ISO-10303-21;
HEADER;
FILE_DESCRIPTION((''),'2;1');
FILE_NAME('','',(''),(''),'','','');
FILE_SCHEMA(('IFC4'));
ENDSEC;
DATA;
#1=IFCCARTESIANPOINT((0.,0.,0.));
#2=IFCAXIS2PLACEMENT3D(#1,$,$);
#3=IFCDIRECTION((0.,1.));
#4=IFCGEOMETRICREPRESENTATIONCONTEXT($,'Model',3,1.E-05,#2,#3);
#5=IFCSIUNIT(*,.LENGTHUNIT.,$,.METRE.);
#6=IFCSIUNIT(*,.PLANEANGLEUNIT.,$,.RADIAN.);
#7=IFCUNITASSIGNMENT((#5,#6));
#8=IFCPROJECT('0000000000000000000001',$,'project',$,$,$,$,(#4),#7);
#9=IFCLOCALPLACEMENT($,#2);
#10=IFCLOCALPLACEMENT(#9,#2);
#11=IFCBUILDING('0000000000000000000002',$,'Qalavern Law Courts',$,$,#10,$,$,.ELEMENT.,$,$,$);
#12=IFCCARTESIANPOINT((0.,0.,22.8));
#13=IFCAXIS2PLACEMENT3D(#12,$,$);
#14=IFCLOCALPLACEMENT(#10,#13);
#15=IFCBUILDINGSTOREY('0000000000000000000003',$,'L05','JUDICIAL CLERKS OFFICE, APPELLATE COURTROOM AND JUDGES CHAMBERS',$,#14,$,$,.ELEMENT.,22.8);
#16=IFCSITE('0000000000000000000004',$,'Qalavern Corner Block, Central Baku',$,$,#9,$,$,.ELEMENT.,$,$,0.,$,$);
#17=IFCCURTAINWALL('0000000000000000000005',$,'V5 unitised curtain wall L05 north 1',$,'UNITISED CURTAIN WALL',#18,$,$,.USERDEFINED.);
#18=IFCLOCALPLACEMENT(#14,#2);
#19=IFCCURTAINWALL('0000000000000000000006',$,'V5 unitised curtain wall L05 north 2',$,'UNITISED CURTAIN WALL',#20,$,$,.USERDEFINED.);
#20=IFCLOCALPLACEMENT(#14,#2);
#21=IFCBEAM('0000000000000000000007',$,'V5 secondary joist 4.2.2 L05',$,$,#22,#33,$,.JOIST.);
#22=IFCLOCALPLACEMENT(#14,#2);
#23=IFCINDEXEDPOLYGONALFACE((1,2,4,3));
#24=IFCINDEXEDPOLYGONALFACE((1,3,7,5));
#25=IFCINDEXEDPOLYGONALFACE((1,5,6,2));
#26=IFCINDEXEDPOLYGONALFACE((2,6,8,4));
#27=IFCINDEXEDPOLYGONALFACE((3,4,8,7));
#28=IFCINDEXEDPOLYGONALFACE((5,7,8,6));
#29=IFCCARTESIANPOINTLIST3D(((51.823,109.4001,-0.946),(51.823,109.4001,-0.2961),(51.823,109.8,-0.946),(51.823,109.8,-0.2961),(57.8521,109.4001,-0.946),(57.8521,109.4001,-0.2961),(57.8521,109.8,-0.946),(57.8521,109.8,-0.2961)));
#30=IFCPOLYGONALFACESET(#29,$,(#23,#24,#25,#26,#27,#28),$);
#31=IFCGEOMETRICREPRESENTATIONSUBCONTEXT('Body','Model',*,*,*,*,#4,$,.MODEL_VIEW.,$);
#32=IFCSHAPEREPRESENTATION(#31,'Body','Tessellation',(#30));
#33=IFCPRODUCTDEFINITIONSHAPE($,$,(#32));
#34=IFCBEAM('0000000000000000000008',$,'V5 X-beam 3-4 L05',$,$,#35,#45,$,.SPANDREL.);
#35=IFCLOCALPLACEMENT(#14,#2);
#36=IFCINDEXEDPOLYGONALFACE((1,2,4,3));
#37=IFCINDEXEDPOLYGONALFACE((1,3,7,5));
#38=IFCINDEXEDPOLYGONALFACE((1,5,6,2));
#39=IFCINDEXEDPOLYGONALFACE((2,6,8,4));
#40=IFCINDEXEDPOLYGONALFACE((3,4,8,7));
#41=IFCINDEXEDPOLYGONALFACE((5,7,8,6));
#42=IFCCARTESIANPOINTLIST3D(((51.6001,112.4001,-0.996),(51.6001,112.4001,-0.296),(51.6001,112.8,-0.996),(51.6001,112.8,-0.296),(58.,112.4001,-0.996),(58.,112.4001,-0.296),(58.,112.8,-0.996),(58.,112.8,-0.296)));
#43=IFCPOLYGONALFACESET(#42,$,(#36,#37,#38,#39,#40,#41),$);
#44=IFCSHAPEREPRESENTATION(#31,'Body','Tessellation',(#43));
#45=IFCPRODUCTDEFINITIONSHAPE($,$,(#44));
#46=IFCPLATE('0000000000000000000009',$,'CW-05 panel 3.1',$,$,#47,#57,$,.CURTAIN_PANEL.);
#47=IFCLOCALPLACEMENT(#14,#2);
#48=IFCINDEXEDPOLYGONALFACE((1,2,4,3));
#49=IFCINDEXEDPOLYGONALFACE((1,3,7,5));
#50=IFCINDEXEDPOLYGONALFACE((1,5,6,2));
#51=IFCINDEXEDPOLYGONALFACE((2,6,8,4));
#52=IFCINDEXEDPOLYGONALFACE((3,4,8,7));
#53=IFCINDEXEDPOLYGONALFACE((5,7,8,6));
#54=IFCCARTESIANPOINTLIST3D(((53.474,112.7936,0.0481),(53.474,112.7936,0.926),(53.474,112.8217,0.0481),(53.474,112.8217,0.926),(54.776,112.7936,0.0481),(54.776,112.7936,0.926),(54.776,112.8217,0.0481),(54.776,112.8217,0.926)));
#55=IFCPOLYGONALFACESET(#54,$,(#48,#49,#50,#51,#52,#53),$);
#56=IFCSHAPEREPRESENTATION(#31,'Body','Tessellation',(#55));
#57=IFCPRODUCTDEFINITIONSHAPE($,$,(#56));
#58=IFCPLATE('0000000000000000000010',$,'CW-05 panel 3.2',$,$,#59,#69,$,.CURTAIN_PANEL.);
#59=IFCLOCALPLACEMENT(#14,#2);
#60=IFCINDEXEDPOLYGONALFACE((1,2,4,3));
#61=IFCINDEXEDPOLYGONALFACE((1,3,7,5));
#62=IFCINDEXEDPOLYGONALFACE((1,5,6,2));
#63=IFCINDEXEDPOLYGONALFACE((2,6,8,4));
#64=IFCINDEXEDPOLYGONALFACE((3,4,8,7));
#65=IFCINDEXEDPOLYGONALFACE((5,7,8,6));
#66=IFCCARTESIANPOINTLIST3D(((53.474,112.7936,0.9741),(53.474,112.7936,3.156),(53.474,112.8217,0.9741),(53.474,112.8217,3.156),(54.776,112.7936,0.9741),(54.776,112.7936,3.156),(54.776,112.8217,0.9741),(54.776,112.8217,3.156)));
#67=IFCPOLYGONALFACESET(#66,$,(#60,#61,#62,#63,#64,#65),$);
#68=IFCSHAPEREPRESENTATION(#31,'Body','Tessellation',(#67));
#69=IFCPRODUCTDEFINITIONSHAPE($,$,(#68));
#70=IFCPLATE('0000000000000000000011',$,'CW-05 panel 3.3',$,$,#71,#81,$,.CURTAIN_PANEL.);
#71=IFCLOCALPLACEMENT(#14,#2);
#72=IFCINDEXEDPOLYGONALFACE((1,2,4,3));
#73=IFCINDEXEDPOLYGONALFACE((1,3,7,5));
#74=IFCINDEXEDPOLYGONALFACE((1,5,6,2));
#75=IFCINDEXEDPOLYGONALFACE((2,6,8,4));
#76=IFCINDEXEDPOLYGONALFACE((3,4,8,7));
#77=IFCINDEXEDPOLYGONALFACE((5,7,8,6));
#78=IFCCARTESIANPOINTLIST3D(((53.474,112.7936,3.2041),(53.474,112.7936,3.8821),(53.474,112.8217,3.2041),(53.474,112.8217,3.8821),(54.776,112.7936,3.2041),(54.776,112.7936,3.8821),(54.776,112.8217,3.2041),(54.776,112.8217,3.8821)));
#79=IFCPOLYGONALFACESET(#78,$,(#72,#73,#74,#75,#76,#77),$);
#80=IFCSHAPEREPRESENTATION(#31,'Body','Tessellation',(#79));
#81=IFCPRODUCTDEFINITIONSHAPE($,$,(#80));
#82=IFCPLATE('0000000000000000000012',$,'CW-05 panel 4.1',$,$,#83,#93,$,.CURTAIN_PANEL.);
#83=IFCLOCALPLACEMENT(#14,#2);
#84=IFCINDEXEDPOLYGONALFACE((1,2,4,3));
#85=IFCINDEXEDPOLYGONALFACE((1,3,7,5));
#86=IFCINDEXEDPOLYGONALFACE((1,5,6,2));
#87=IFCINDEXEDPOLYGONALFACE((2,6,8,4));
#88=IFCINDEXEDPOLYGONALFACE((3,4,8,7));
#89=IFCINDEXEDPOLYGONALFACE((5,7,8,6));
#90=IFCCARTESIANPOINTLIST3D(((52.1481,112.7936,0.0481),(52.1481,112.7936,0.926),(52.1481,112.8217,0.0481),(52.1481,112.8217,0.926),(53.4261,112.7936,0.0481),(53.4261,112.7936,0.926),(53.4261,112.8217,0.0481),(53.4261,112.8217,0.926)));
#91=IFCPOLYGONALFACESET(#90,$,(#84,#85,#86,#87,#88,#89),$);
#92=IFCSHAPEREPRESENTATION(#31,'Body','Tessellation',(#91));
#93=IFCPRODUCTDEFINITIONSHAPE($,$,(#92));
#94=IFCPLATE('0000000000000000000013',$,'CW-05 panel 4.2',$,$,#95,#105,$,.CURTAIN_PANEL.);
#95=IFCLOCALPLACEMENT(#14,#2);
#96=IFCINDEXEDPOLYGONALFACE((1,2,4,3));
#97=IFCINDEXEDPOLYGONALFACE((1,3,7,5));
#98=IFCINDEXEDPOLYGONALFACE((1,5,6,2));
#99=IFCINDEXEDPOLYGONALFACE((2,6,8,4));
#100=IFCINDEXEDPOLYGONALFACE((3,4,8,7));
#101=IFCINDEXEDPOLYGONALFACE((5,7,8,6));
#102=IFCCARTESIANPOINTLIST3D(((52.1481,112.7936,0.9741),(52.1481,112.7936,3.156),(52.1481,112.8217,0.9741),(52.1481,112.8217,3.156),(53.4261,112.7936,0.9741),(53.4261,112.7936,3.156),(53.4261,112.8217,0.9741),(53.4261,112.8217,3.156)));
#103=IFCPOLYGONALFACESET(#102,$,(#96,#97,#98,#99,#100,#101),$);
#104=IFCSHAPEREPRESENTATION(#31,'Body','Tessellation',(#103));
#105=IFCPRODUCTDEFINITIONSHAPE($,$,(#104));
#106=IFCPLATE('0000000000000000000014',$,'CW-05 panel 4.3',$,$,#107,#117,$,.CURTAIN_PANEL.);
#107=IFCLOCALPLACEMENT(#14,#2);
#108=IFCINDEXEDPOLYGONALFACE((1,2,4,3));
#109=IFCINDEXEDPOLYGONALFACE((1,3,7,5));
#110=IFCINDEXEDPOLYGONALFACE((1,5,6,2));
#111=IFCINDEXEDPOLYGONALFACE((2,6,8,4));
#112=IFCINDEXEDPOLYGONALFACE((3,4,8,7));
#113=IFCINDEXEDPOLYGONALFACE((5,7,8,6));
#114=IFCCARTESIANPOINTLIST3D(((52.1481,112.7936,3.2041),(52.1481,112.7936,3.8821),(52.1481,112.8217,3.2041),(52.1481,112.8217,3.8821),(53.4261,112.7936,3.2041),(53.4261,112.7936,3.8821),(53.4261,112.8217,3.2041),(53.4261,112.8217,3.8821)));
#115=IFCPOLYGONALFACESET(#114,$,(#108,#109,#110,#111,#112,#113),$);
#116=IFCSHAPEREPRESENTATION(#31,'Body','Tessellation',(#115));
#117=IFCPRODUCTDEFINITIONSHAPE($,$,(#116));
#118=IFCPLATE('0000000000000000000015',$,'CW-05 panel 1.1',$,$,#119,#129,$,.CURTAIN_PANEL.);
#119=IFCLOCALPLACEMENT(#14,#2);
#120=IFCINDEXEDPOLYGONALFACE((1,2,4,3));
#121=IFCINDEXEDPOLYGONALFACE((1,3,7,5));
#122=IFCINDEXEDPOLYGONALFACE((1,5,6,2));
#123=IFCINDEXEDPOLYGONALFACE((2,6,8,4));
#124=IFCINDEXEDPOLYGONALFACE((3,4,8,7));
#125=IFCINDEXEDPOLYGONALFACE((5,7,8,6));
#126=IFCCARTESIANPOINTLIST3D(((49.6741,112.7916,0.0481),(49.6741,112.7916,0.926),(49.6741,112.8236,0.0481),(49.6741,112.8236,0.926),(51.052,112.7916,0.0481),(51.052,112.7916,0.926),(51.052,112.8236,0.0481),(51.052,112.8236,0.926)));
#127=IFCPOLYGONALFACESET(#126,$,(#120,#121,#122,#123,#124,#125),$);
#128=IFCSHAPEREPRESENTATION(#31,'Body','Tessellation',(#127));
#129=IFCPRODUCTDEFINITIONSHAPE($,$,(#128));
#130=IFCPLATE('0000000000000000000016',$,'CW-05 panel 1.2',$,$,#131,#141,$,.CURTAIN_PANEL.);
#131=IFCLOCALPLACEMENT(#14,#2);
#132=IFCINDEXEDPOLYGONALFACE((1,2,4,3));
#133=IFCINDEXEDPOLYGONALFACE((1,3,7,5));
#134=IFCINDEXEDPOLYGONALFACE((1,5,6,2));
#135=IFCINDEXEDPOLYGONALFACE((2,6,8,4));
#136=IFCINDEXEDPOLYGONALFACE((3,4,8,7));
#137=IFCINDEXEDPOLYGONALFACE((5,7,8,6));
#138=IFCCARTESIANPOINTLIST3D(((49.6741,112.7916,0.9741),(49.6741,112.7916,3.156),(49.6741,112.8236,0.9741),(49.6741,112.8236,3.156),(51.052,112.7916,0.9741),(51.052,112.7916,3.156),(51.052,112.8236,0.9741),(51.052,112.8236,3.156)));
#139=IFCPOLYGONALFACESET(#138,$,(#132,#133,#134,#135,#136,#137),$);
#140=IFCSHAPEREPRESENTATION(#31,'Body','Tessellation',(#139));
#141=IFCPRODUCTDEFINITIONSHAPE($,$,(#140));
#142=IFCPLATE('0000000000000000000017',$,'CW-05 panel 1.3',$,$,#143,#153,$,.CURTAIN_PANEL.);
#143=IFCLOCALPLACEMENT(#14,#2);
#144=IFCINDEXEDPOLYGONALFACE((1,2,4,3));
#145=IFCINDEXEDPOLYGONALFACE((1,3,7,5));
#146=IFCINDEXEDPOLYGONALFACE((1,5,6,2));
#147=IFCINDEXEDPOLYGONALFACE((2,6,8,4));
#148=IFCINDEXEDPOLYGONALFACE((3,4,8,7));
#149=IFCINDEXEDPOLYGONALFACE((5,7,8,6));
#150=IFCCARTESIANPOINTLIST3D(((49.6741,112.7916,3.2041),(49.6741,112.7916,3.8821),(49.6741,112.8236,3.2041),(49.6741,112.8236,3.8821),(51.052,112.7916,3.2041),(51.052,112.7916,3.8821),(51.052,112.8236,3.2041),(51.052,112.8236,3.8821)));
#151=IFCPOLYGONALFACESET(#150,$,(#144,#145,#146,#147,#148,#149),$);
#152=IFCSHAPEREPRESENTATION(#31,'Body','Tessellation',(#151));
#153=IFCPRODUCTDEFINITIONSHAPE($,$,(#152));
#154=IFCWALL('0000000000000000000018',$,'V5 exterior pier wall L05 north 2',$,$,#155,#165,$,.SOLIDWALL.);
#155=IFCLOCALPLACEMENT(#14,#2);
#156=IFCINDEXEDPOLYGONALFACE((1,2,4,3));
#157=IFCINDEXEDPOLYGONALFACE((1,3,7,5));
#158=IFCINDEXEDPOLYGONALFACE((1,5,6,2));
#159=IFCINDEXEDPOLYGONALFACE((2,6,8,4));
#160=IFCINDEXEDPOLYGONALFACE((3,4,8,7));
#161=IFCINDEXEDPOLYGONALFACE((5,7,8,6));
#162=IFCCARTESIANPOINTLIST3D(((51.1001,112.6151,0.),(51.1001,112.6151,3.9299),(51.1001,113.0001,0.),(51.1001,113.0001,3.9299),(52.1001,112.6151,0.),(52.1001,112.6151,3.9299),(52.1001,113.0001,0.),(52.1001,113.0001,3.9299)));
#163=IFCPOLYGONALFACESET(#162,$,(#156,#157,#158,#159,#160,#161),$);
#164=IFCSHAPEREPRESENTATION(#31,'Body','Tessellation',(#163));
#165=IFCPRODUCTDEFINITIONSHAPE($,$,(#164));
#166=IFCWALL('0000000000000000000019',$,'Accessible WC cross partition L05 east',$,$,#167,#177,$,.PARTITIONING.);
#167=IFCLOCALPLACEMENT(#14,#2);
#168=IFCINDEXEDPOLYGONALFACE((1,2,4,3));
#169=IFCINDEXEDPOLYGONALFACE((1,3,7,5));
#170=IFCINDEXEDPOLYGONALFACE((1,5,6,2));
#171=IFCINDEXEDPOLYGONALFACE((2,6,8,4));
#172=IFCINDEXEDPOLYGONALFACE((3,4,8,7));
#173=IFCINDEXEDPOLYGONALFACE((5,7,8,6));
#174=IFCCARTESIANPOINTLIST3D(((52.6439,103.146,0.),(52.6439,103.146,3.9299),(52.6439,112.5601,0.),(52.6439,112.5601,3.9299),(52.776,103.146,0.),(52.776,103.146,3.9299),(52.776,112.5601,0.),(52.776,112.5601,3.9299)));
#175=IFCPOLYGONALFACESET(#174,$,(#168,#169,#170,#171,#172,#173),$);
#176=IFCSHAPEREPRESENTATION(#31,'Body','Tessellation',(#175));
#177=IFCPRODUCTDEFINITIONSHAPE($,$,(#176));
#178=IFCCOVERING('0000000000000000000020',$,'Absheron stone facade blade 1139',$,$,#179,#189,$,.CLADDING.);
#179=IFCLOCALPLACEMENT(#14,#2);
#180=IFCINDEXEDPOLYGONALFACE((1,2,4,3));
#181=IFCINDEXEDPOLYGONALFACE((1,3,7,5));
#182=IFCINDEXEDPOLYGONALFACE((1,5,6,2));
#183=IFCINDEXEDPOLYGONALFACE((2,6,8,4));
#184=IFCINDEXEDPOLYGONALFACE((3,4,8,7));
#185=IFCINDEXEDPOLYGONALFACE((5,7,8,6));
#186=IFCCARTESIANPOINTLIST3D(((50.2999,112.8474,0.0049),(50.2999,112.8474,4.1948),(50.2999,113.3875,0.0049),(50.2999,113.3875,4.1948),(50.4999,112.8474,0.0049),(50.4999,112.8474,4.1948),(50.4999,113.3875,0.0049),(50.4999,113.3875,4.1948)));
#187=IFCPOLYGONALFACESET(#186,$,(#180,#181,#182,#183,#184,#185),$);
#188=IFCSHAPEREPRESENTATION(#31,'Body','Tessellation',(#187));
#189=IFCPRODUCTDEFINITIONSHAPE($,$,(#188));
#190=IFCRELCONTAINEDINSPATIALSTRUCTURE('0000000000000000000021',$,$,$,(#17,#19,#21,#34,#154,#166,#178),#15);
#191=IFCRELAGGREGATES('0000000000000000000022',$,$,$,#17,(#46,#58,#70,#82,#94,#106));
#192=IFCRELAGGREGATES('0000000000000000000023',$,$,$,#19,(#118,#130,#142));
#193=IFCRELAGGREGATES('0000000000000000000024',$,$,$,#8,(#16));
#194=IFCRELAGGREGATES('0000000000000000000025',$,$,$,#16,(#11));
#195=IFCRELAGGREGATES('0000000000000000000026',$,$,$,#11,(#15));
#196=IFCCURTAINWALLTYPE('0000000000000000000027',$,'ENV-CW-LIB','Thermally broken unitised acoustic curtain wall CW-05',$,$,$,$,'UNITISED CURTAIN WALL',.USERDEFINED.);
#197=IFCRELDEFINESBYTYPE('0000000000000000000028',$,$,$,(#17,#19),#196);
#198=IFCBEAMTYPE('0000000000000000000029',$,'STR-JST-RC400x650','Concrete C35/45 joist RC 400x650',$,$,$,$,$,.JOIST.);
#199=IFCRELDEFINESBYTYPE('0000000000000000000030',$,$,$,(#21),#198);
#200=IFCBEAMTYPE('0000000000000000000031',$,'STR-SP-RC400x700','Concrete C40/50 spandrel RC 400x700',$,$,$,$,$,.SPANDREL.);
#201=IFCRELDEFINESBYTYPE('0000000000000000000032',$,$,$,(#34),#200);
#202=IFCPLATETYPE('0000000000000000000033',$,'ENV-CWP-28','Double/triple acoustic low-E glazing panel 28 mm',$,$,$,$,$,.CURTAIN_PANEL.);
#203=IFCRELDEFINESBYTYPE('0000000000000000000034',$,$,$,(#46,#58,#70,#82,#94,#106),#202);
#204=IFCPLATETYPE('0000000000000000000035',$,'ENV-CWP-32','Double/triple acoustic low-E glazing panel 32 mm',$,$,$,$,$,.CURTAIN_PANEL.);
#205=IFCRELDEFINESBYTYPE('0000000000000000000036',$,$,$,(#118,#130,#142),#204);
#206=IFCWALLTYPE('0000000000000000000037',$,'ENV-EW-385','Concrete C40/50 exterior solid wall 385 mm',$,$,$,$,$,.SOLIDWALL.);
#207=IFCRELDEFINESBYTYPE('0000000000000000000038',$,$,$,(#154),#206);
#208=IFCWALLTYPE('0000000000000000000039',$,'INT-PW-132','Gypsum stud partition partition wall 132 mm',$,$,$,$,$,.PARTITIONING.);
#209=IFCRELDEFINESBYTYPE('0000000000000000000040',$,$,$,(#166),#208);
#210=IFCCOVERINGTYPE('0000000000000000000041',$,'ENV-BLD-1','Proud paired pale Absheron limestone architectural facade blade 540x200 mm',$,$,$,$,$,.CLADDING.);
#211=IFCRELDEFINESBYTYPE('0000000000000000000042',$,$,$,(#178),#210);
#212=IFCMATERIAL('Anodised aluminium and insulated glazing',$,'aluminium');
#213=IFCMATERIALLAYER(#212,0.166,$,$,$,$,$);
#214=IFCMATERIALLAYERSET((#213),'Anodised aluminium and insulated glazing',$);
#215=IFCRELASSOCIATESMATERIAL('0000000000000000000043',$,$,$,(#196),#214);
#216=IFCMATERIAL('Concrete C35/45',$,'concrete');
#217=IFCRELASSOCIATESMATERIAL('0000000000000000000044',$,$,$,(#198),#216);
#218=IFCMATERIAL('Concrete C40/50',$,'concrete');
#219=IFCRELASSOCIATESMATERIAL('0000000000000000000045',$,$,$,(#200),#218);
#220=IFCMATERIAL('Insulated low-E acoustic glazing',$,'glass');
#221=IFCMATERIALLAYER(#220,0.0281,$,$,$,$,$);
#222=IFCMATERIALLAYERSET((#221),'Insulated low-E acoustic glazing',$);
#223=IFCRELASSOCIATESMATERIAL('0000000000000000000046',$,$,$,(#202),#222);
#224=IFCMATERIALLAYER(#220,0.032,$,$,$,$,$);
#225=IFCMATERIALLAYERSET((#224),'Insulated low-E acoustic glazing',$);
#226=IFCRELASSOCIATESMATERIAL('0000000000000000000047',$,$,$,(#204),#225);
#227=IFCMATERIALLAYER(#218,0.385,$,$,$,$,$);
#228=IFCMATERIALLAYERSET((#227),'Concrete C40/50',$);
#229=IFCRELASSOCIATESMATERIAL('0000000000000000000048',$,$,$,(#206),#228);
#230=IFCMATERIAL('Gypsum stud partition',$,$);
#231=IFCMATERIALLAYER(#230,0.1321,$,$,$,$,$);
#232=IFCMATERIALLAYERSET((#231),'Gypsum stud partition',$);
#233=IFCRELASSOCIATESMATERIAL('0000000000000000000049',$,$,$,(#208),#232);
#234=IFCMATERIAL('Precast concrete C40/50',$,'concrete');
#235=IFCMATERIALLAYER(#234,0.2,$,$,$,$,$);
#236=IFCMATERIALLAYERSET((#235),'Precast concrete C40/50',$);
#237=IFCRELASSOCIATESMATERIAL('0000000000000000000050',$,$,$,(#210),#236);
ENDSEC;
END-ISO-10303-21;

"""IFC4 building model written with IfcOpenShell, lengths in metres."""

from ifc_helpers import new_model, si_unit, direction, frame, frame_2d, origin, origin_2d, place, context, subcontext, project, spatial, rectangle, extrude, material, layer, layer_set, material_profile, profile_set, type_object, element, aggregate, save


model = new_model("IFC4")

# Units and contexts
model_context = context("Model", 3, precision=1e-05, world=origin(), true_north=direction((0.0, 1.0)))
body_context = subcontext(model_context, "Body", "Model", "MODEL_VIEW")
ifc_project = project(units=[si_unit("LENGTHUNIT", "METRE"), si_unit("PLANEANGLEUNIT", "RADIAN")], contexts=[model_context])

# Site, building, storey
site_placement = place(None, origin())
site = spatial("IfcSite", under=ifc_project, at=site_placement, Name="Qalavern Corner Block, Central Baku", CompositionType="ELEMENT", RefElevation=0.0)
building_placement = place(site_placement, origin())
building = spatial("IfcBuilding", under=site, at=building_placement, Name="Qalavern Law Courts", CompositionType="ELEMENT")
storey_placement = place(building_placement, frame((0.0, 0.0, 22.8)))
storey = spatial("IfcBuildingStorey", under=building, at=storey_placement, Name="L05", Description="JUDICIAL CLERKS OFFICE, APPELLATE COURTROOM AND JUDGES CHAMBERS", CompositionType="ELEMENT", Elevation=22.8)

# Curtain wall
ifc_material_1 = material(Name="Anodised aluminium and insulated glazing", Category="aluminium")
ifc_layer_1 = layer(ifc_material_1, 0.166)
ifc_layer_set_1 = layer_set([ifc_layer_1], Name="Anodised aluminium and insulated glazing")
curtain_wall_type = type_object("IfcCurtainWallType", Name="ENV-CW-LIB", Description="Thermally broken unitised acoustic curtain wall CW-05", ElementType="UNITISED CURTAIN WALL", PredefinedType="USERDEFINED", material=ifc_layer_set_1)
curtain_wall_1_placement = place(storey_placement, origin())
curtain_wall_1 = element("IfcCurtainWall", 1, at=curtain_wall_1_placement, inside=storey, type_object=curtain_wall_type, Name="V5 unitised curtain wall L05 north 1", ObjectType="UNITISED CURTAIN WALL", PredefinedType="USERDEFINED")

# Curtain wall
curtain_wall_2_placement = place(storey_placement, origin())
curtain_wall_2 = element("IfcCurtainWall", 2, at=curtain_wall_2_placement, inside=storey, type_object=curtain_wall_type, Name="V5 unitised curtain wall L05 north 2", ObjectType="UNITISED CURTAIN WALL", PredefinedType="USERDEFINED")

# Beams
ifc_material_2 = material(Name="Concrete C40/50", Category="concrete")
ifc_material_3 = material(Name="Concrete C35/45", Category="concrete")
ifc_material_profile_1 = material_profile(ifc_material_3, rectangle(XDim=0.3999, YDim=0.6499, at=origin_2d()), Name="RC 400x650")
ifc_profile_set_1 = profile_set([ifc_material_profile_1], Name="Concrete C35/45")
beam_type_1 = type_object("IfcBeamType", Name="STR-JST-RC400x650", Description="Concrete C35/45 joist RC 400x650", PredefinedType="JOIST", material=ifc_profile_set_1)
beam_1_placement = place(storey_placement, frame((51.823, 109.6001, -0.6211), z_axis=(1.0, 0.0, 0.0), x_axis=(0.0, 1.0, 0.0)))
element("IfcBeam", 3, at=beam_1_placement, inside=storey, type_object=beam_type_1, Name="V5 secondary joist 4.2.2 L05", PredefinedType="JOIST", context=body_context, shape_type="SweptSolid", body=[
    extrude(rectangle(XDim=0.3999, YDim=0.6499, at=origin_2d()), origin(), (0.0, 0.0, 1.0), 6.0291),
])
ifc_material_profile_2 = material_profile(ifc_material_2, rectangle(XDim=0.3999, YDim=0.7, at=origin_2d()), Name="RC 400x700")
ifc_profile_set_2 = profile_set([ifc_material_profile_2], Name="Concrete C40/50")
beam_type_2 = type_object("IfcBeamType", Name="STR-SP-RC400x700", Description="Concrete C40/50 spandrel RC 400x700", PredefinedType="SPANDREL", material=ifc_profile_set_2)
beam_2_placement = place(storey_placement, frame((51.6001, 112.6001, -0.646), z_axis=(1.0, 0.0, 0.0), x_axis=(0.0, 1.0, 0.0)))
element("IfcBeam", 4, at=beam_2_placement, inside=storey, type_object=beam_type_2, Name="V5 X-beam 3-4 L05", PredefinedType="SPANDREL", context=body_context, shape_type="SweptSolid", body=[
    extrude(rectangle(XDim=0.3999, YDim=0.7, at=origin_2d()), origin(), (0.0, 0.0, 1.0), 6.3999),
])

# Plates
ifc_material_4 = material(Name="Insulated low-E acoustic glazing", Category="glass")
ifc_layer_2 = layer(ifc_material_4, 0.0281)
ifc_layer_set_2 = layer_set([ifc_layer_2], Name="Insulated low-E acoustic glazing")
plate_type_1 = type_object("IfcPlateType", Name="ENV-CWP-28", Description="Double/triple acoustic low-E glazing panel 28 mm", PredefinedType="CURTAIN_PANEL", material=ifc_layer_set_2)
plate_1_placement = place(storey_placement, frame((54.125, 112.8076, 0.0481), z_axis=(0.0, 0.0, 1.0), x_axis=(-1.0, 0.0, 0.0)))
plate_1 = element("IfcPlate", 5, at=plate_1_placement, type_object=plate_type_1, Name="CW-05 panel 3.1", PredefinedType="CURTAIN_PANEL", context=body_context, shape_type="SweptSolid", body=[
    extrude(rectangle(XDim=1.302, YDim=0.0281, at=origin_2d()), origin(), (0.0, 0.0, 1.0), 0.8779),
])
plate_2_placement = place(storey_placement, frame((54.125, 112.8076, 0.9741), z_axis=(0.0, 0.0, 1.0), x_axis=(-1.0, 0.0, 0.0)))
plate_2 = element("IfcPlate", 6, at=plate_2_placement, type_object=plate_type_1, Name="CW-05 panel 3.2", PredefinedType="CURTAIN_PANEL", context=body_context, shape_type="SweptSolid", body=[
    extrude(rectangle(XDim=1.302, YDim=0.0281, at=origin_2d()), origin(), (0.0, 0.0, 1.0), 2.1819),
])
plate_3_placement = place(storey_placement, frame((54.125, 112.8076, 3.2041), z_axis=(0.0, 0.0, 1.0), x_axis=(-1.0, 0.0, 0.0)))
plate_3 = element("IfcPlate", 7, at=plate_3_placement, type_object=plate_type_1, Name="CW-05 panel 3.3", PredefinedType="CURTAIN_PANEL", context=body_context, shape_type="SweptSolid", body=[
    extrude(rectangle(XDim=1.302, YDim=0.0281, at=origin_2d()), origin(), (0.0, 0.0, 1.0), 0.678),
])
plate_4_placement = place(storey_placement, frame((52.7871, 112.8076, 0.0481), z_axis=(0.0, 0.0, 1.0), x_axis=(-1.0, 0.0, 0.0)))
plate_4 = element("IfcPlate", 8, at=plate_4_placement, type_object=plate_type_1, Name="CW-05 panel 4.1", PredefinedType="CURTAIN_PANEL", context=body_context, shape_type="SweptSolid", body=[
    extrude(rectangle(XDim=1.2781, YDim=0.0281, at=origin_2d()), origin(), (0.0, 0.0, 1.0), 0.8779),
])
plate_5_placement = place(storey_placement, frame((52.7871, 112.8076, 0.9741), z_axis=(0.0, 0.0, 1.0), x_axis=(-1.0, 0.0, 0.0)))
plate_5 = element("IfcPlate", 9, at=plate_5_placement, type_object=plate_type_1, Name="CW-05 panel 4.2", PredefinedType="CURTAIN_PANEL", context=body_context, shape_type="SweptSolid", body=[
    extrude(rectangle(XDim=1.2781, YDim=0.0281, at=origin_2d()), origin(), (0.0, 0.0, 1.0), 2.1819),
])
plate_6_placement = place(storey_placement, frame((52.7871, 112.8076, 3.2041), z_axis=(0.0, 0.0, 1.0), x_axis=(-1.0, 0.0, 0.0)))
plate_6 = element("IfcPlate", 10, at=plate_6_placement, type_object=plate_type_1, Name="CW-05 panel 4.3", PredefinedType="CURTAIN_PANEL", context=body_context, shape_type="SweptSolid", body=[
    extrude(rectangle(XDim=1.2781, YDim=0.0281, at=origin_2d()), origin(), (0.0, 0.0, 1.0), 0.678),
])
aggregate(curtain_wall_1, [plate_1, plate_2, plate_3, plate_4, plate_5, plate_6])
ifc_layer_3 = layer(ifc_material_4, 0.032)
ifc_layer_set_3 = layer_set([ifc_layer_3], Name="Insulated low-E acoustic glazing")
plate_type_2 = type_object("IfcPlateType", Name="ENV-CWP-32", Description="Double/triple acoustic low-E glazing panel 32 mm", PredefinedType="CURTAIN_PANEL", material=ifc_layer_set_3)
plate_7_placement = place(storey_placement, frame((50.363, 112.8076, 0.0481), z_axis=(0.0, 0.0, 1.0), x_axis=(-1.0, 0.0, 0.0)))
plate_7 = element("IfcPlate", 11, at=plate_7_placement, type_object=plate_type_2, Name="CW-05 panel 1.1", PredefinedType="CURTAIN_PANEL", context=body_context, shape_type="SweptSolid", body=[
    extrude(rectangle(XDim=1.3779, YDim=0.032, at=origin_2d()), origin(), (0.0, 0.0, 1.0), 0.8779),
])
plate_8_placement = place(storey_placement, frame((50.363, 112.8076, 0.9741), z_axis=(0.0, 0.0, 1.0), x_axis=(-1.0, 0.0, 0.0)))
plate_8 = element("IfcPlate", 12, at=plate_8_placement, type_object=plate_type_2, Name="CW-05 panel 1.2", PredefinedType="CURTAIN_PANEL", context=body_context, shape_type="SweptSolid", body=[
    extrude(rectangle(XDim=1.3779, YDim=0.032, at=origin_2d()), origin(), (0.0, 0.0, 1.0), 2.1819),
])
plate_9_placement = place(storey_placement, frame((50.363, 112.8076, 3.2041), z_axis=(0.0, 0.0, 1.0), x_axis=(-1.0, 0.0, 0.0)))
plate_9 = element("IfcPlate", 13, at=plate_9_placement, type_object=plate_type_2, Name="CW-05 panel 1.3", PredefinedType="CURTAIN_PANEL", context=body_context, shape_type="SweptSolid", body=[
    extrude(rectangle(XDim=1.3779, YDim=0.032, at=origin_2d()), origin(), (0.0, 0.0, 1.0), 0.678),
])
aggregate(curtain_wall_2, [plate_7, plate_8, plate_9])

# Walls
ifc_layer_4 = layer(ifc_material_2, 0.385)
ifc_layer_set_4 = layer_set([ifc_layer_4], Name="Concrete C40/50")
wall_type_1 = type_object("IfcWallType", Name="ENV-EW-385", Description="Concrete C40/50 exterior solid wall 385 mm", PredefinedType="SOLIDWALL", material=ifc_layer_set_4)
wall_1_placement = place(storey_placement, frame((52.1001, 112.8076, 0.0), z_axis=(0.0, 0.0, 1.0), x_axis=(-1.0, 0.0, 0.0)))
element("IfcWall", 14, at=wall_1_placement, inside=storey, type_object=wall_type_1, Name="V5 exterior pier wall L05 north 2", PredefinedType="SOLIDWALL", context=body_context, shape_type="SweptSolid", body=[
    extrude(rectangle(XDim=1.0, YDim=0.385, at=frame_2d((0.5, 0.0))), origin(), (0.0, 0.0, 1.0), 3.9299),
])
ifc_material_5 = material(Name="Gypsum stud partition")
ifc_layer_5 = layer(ifc_material_5, 0.1321)
ifc_layer_set_5 = layer_set([ifc_layer_5], Name="Gypsum stud partition")
wall_type_2 = type_object("IfcWallType", Name="INT-PW-132", Description="Gypsum stud partition partition wall 132 mm", PredefinedType="PARTITIONING", material=ifc_layer_set_5)
wall_2_placement = place(storey_placement, frame((52.71, 103.146, 0.0), z_axis=(0.0, 0.0, 1.0), x_axis=(0.0, 1.0, 0.0)))
element("IfcWall", 15, at=wall_2_placement, inside=storey, type_object=wall_type_2, Name="Accessible WC cross partition L05 east", PredefinedType="PARTITIONING", context=body_context, shape_type="SweptSolid", body=[
    extrude(rectangle(XDim=9.4141, YDim=0.1321, at=frame_2d((4.707, 0.0))), origin(), (0.0, 0.0, 1.0), 3.9299),
])

# Covering
ifc_material_6 = material(Name="Precast concrete C40/50", Category="concrete")
ifc_layer_6 = layer(ifc_material_6, 0.2)
ifc_layer_set_6 = layer_set([ifc_layer_6], Name="Precast concrete C40/50")
covering_type_1 = type_object("IfcCoveringType", Name="ENV-BLD-1", Description="Proud paired pale Absheron limestone architectural facade blade 540x200 mm", PredefinedType="CLADDING", material=ifc_layer_set_6)
for number, where, z_axis, x_axis, name in (
    (16, (50.3999, 113.1174, 0.0049), (0.0, 0.0, 1.0), (0.0, 1.0, 0.0), "Absheron stone facade blade 1139"),
):
    element("IfcCovering", number, at=place(storey_placement, frame(where, z_axis=z_axis, x_axis=x_axis)), inside=storey, type_object=covering_type_1, Name=name, PredefinedType="CLADDING", context=body_context, shape_type="SweptSolid", body=[
        extrude(rectangle(XDim=0.54, YDim=0.2, at=origin_2d()), origin(), (0.0, 0.0, 1.0), 4.1899),
    ])

save(model, "model.ifc")
